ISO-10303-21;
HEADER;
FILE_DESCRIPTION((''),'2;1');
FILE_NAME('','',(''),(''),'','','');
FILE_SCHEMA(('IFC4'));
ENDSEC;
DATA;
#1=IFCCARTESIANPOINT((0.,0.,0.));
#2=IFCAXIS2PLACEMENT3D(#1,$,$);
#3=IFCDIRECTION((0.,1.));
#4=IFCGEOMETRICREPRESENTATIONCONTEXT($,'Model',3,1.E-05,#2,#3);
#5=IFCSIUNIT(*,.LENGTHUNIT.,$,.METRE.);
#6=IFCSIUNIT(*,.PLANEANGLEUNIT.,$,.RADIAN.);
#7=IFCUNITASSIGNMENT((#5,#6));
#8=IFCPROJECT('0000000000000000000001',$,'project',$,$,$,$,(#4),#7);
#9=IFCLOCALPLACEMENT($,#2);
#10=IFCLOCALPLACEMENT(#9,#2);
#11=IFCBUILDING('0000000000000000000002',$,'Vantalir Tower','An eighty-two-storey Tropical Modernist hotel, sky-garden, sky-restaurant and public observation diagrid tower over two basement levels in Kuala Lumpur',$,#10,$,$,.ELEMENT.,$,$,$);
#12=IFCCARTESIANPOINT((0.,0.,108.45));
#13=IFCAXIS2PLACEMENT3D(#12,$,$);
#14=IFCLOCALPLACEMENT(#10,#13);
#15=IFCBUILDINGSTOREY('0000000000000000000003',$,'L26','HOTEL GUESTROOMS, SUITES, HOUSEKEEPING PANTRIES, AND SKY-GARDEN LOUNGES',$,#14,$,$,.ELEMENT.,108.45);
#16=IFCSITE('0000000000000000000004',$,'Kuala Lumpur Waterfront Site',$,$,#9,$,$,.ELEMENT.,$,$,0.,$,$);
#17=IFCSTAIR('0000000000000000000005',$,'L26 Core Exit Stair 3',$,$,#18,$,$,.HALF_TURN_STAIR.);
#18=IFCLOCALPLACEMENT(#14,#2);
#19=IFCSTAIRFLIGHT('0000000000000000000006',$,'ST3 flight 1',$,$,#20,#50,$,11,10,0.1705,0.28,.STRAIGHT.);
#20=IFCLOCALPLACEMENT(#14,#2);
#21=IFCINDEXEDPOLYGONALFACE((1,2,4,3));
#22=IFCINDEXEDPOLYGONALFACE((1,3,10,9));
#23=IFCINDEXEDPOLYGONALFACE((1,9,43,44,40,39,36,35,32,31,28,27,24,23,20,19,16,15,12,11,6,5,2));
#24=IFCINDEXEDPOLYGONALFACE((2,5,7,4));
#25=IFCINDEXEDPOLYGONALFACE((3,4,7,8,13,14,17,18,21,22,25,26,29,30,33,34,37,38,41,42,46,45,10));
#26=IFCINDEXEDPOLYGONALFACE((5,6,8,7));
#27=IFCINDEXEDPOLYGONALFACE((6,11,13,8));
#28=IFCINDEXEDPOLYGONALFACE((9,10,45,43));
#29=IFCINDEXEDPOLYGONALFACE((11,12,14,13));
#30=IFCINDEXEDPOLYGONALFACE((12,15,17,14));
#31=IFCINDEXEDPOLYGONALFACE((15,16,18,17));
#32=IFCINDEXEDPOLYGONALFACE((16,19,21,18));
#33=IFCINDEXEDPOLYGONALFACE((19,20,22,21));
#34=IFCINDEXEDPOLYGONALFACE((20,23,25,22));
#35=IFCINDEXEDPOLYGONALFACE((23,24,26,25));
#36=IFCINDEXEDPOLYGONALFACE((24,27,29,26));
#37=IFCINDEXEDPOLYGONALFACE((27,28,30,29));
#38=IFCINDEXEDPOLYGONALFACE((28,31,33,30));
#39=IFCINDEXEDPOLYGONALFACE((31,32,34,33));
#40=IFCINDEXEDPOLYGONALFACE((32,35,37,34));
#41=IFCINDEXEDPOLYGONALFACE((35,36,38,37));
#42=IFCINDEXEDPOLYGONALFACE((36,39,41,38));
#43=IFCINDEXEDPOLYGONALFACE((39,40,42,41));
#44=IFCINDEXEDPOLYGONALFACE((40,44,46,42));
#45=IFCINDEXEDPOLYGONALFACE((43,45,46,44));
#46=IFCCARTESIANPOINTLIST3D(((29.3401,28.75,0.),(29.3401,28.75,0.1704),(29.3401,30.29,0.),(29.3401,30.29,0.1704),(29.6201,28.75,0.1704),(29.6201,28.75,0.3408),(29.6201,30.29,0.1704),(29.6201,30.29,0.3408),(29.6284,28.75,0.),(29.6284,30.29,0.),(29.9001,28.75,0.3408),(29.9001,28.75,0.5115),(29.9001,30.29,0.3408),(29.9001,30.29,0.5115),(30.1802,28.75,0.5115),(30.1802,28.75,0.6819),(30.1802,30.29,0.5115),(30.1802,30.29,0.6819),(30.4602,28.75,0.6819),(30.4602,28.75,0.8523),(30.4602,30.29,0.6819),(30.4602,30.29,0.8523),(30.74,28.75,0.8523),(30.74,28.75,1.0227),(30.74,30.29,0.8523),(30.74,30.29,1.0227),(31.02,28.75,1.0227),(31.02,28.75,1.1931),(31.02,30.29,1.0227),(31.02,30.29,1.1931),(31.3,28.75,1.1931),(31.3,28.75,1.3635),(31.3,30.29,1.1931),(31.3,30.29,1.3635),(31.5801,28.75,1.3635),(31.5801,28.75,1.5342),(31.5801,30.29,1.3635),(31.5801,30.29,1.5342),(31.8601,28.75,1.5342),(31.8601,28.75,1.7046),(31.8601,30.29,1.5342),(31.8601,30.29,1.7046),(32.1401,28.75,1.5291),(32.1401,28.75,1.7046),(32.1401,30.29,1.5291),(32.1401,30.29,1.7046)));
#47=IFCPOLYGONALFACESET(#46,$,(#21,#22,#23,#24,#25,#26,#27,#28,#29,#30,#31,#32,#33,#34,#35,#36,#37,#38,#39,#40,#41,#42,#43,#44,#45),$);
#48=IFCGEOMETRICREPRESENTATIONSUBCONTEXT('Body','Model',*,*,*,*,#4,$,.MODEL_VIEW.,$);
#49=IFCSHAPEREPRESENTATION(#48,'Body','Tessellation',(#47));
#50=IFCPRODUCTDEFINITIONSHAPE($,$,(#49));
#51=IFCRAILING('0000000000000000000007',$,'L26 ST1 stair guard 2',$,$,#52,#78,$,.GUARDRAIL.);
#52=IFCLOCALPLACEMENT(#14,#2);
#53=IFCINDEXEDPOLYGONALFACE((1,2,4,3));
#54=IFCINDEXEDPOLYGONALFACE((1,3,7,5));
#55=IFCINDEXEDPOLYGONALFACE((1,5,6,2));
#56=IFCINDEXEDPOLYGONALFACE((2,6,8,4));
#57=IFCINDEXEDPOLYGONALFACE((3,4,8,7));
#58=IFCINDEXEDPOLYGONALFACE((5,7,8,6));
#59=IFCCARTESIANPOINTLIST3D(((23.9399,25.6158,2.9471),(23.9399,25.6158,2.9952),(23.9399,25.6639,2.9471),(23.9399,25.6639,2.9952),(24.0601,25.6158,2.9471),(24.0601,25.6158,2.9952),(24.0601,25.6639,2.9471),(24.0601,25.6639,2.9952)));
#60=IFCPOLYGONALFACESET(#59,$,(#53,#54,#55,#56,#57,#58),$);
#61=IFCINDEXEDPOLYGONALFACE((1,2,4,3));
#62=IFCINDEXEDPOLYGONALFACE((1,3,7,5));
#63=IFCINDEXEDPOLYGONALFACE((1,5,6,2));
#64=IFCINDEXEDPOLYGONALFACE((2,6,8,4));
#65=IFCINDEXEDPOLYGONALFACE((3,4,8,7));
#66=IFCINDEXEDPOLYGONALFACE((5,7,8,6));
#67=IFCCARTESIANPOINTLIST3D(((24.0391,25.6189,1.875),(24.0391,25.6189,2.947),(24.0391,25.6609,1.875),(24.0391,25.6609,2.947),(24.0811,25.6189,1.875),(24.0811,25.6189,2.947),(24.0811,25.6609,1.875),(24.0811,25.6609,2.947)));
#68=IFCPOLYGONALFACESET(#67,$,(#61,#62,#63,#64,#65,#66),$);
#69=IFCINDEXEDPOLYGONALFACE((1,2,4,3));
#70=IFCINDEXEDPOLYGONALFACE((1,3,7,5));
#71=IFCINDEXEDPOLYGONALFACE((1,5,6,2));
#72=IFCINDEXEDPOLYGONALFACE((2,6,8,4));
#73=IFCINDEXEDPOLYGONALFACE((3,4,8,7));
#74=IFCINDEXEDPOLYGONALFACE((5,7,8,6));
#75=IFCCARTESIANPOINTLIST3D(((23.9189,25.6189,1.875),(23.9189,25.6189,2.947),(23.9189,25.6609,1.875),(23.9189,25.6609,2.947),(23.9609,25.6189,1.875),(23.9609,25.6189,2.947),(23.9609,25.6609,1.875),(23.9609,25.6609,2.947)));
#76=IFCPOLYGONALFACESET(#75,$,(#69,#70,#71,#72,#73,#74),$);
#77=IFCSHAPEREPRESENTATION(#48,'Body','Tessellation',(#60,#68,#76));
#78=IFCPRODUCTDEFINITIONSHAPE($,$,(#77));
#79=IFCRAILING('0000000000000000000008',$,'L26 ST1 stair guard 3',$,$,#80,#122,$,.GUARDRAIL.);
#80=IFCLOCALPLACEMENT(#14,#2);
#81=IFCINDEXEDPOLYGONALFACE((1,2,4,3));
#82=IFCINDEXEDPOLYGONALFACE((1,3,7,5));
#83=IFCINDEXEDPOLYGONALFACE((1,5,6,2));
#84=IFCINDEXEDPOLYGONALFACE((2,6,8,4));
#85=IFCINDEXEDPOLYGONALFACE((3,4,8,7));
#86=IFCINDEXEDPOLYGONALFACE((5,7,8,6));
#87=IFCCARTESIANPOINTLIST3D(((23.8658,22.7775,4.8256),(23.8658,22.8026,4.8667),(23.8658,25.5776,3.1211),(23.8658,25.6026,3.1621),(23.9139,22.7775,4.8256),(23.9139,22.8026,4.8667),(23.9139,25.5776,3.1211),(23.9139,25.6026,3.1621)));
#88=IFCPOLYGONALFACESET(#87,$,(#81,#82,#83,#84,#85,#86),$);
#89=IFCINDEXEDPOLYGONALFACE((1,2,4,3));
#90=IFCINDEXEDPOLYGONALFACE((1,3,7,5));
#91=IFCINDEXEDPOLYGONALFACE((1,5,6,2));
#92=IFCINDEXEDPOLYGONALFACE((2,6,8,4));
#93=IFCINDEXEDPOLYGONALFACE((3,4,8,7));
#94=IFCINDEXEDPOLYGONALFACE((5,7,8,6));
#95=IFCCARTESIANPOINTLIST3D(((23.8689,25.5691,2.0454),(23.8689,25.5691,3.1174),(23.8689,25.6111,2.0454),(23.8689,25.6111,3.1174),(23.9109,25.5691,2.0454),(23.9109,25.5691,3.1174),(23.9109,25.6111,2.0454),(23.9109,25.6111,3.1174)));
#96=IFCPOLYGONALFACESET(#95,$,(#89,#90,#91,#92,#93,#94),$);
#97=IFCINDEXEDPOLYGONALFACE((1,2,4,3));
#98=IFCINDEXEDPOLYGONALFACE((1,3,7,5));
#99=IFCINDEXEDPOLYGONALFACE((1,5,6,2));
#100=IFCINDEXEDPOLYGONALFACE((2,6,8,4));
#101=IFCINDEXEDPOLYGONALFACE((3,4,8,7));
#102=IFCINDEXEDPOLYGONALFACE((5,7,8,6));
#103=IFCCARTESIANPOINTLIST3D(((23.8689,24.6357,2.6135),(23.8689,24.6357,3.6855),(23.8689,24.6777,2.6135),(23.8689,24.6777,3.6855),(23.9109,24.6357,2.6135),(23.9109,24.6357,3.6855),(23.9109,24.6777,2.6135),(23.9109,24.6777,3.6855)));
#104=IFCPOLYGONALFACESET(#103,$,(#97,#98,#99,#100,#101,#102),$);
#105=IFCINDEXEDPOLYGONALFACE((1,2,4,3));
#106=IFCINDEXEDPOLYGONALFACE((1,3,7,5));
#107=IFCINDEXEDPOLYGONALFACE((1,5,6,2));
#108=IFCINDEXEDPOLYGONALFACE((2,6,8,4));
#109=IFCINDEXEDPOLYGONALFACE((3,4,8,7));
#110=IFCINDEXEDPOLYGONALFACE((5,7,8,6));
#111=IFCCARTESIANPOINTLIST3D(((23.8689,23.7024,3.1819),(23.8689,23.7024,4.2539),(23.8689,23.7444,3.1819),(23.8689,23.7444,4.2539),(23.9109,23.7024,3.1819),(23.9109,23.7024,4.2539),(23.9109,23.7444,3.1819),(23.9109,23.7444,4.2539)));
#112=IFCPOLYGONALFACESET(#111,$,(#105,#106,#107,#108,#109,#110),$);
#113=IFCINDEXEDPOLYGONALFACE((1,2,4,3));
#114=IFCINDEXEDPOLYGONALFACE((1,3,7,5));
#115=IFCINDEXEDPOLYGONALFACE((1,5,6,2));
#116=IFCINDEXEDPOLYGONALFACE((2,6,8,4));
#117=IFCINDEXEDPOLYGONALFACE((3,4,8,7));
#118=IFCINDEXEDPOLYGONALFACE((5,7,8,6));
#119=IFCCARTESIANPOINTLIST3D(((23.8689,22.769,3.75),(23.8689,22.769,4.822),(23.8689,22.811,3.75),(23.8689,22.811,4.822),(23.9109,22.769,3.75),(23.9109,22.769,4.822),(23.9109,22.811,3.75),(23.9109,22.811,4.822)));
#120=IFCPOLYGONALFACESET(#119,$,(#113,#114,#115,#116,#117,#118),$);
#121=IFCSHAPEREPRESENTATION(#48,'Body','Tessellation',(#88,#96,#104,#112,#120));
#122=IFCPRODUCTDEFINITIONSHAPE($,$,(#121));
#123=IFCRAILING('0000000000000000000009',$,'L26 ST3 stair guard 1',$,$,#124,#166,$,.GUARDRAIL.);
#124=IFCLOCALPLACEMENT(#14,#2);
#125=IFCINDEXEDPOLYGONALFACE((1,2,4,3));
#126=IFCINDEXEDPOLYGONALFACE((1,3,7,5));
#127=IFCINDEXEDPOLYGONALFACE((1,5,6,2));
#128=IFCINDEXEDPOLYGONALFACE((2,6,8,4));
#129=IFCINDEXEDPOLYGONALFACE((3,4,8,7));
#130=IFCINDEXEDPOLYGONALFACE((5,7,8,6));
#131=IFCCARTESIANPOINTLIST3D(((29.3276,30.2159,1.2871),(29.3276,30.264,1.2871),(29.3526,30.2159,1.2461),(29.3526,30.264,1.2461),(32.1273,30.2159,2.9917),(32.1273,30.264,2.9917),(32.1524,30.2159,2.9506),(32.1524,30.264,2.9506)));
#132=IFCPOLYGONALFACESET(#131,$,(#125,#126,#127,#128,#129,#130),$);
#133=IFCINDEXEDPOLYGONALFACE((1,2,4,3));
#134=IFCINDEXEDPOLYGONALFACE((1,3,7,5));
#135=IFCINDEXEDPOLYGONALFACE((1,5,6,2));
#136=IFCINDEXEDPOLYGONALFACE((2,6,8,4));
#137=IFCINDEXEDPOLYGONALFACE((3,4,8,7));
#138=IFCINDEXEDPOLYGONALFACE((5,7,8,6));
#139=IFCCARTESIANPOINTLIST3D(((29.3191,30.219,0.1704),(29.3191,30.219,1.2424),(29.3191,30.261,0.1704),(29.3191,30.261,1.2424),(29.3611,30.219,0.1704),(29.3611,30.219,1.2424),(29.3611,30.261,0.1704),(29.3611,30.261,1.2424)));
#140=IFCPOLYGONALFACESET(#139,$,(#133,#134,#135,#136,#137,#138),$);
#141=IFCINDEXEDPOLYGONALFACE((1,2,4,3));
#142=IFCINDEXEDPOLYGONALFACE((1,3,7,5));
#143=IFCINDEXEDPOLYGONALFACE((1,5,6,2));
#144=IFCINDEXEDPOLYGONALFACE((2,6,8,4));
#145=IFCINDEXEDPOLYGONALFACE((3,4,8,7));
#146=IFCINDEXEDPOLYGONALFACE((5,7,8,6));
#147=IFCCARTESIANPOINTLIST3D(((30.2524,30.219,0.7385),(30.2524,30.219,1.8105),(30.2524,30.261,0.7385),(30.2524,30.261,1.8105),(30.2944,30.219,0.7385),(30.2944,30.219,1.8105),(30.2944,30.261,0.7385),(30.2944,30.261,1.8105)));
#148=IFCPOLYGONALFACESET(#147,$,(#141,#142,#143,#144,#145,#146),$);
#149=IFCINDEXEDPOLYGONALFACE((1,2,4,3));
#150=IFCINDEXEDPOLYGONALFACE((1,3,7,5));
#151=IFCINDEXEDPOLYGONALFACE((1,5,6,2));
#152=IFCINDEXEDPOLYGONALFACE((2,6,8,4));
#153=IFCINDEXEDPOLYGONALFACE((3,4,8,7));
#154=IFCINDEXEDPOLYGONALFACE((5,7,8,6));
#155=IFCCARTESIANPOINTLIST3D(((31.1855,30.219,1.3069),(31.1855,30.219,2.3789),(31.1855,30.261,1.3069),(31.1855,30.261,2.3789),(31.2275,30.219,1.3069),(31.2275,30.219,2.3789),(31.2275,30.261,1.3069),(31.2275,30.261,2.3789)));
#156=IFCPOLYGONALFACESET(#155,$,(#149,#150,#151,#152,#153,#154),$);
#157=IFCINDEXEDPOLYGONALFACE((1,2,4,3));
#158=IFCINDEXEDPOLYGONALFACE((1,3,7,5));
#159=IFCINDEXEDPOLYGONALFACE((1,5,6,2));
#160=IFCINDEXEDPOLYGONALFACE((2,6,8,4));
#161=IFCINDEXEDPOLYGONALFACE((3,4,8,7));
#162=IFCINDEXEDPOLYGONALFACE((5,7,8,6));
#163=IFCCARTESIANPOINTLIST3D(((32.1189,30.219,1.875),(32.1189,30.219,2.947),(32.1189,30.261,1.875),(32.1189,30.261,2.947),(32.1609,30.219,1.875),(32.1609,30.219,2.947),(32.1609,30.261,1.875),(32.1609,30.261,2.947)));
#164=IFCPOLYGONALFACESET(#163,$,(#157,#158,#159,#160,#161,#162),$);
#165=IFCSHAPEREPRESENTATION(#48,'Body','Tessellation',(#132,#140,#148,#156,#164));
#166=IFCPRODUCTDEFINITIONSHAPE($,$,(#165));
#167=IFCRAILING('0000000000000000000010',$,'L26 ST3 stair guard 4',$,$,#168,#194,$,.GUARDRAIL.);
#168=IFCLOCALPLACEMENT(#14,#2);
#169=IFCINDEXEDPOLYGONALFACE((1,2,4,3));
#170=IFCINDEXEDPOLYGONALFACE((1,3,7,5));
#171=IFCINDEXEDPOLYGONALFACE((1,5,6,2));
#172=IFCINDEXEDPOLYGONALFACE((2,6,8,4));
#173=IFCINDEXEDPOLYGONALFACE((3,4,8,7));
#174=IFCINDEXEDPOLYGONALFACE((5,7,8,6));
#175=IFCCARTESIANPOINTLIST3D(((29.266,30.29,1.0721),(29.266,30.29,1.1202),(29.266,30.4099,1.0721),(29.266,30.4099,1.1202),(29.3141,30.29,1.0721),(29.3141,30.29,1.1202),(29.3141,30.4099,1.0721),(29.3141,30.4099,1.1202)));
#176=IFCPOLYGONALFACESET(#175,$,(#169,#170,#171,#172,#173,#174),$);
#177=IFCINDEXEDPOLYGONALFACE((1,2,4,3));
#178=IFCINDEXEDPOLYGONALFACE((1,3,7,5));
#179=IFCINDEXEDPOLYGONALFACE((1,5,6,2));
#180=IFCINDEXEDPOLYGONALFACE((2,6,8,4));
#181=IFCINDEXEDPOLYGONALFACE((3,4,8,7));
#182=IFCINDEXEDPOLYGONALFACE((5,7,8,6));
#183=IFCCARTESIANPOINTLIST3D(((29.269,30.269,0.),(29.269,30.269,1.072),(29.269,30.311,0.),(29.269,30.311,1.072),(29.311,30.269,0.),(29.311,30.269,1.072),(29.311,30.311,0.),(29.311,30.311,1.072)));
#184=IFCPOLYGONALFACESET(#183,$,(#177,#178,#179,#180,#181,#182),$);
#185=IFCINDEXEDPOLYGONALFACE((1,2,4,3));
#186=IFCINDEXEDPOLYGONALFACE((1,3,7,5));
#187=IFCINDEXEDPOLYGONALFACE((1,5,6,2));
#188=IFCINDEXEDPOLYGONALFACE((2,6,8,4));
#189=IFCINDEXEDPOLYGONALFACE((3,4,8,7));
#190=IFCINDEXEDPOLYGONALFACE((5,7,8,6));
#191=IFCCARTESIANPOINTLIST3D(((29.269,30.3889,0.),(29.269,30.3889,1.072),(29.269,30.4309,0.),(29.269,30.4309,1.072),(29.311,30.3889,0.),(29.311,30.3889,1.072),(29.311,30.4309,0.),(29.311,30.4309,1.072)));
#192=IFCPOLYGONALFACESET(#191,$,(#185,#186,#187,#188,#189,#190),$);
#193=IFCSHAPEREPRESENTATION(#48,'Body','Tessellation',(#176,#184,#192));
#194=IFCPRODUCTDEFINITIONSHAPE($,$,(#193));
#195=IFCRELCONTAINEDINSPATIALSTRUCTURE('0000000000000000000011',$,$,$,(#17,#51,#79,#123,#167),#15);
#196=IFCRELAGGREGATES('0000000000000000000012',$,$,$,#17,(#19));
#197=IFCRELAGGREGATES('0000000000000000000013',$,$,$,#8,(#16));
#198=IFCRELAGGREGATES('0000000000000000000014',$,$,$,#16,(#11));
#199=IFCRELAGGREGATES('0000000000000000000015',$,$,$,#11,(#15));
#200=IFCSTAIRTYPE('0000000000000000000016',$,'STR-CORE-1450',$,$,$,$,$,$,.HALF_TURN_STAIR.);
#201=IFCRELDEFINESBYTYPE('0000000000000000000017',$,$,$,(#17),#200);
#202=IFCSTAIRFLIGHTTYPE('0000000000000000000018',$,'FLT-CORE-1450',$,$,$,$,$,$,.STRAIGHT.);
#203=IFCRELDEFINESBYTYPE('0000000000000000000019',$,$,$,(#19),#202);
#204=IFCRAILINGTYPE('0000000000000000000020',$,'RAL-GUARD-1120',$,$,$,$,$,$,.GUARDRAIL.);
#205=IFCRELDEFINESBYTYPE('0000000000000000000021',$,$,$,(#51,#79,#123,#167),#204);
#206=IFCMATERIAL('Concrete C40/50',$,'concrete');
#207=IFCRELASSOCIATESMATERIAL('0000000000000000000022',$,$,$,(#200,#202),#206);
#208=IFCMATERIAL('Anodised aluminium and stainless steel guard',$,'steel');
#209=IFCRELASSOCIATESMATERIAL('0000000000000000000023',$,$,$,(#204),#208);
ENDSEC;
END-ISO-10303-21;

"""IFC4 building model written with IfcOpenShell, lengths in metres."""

from ifc_helpers import new_model, si_unit, direction, frame, origin, origin_2d, place, context, subcontext, project, spatial, polyline, rectangle, outline, extrude, material, type_object, element, aggregate, save


model = new_model("IFC4")

# Units and contexts
model_context = context("Model", 3, precision=1e-05, world=origin(), true_north=direction((0.0, 1.0)))
body_context = subcontext(model_context, "Body", "Model", "MODEL_VIEW")
ifc_project = project(units=[si_unit("LENGTHUNIT", "METRE"), si_unit("PLANEANGLEUNIT", "RADIAN")], contexts=[model_context])

# Site, building, storey
site_placement = place(None, origin())
site = spatial("IfcSite", under=ifc_project, at=site_placement, Name="Kuala Lumpur Waterfront Site", CompositionType="ELEMENT", RefElevation=0.0)
building_placement = place(site_placement, origin())
building = spatial("IfcBuilding", under=site, at=building_placement, Name="Vantalir Tower", Description="An eighty-two-storey Tropical Modernist hotel, sky-garden, sky-restaurant and public observation diagrid tower over two basement levels in Kuala Lumpur", CompositionType="ELEMENT")
storey_placement = place(building_placement, frame((0.0, 0.0, 108.45)))
storey = spatial("IfcBuildingStorey", under=building, at=storey_placement, Name="L26", Description="HOTEL GUESTROOMS, SUITES, HOUSEKEEPING PANTRIES, AND SKY-GARDEN LOUNGES", CompositionType="ELEMENT", Elevation=108.45)

# Stair, stair flight
ifc_material_1 = material(Name="Concrete C40/50", Category="concrete")
stair_type = type_object("IfcStairType", Name="STR-CORE-1450", PredefinedType="HALF_TURN_STAIR", material=ifc_material_1)
stair_flight_type = type_object("IfcStairFlightType", Name="FLT-CORE-1450", PredefinedType="STRAIGHT", material=ifc_material_1)
stair_1_placement = place(storey_placement, origin())
stair_1 = element("IfcStair", 1, at=stair_1_placement, inside=storey, type_object=stair_type, Name="L26 Core Exit Stair 3", PredefinedType="HALF_TURN_STAIR")
stair_flight_1_placement = place(storey_placement, frame((29.3401, 29.52, 0.0), z_axis=(0.0, 0.0, 1.0), x_axis=(1.0, 0.0, 0.0)))
stair_flight_1 = element("IfcStairFlight", 2, at=stair_flight_1_placement, type_object=stair_flight_type, Name="ST3 flight 1", NumberOfRisers=11, NumberOfTreads=10, PredefinedType="STRAIGHT", RiserHeight=0.1705, TreadLength=0.28, context=body_context, shape_type="SweptSolid", body=[
    extrude(outline(polyline([(0.0, 0.0), (0.0, 0.1704), (0.28, 0.1704), (0.28, 0.3408), (0.5601, 0.3408), (0.5601, 0.5115), (0.8401, 0.5115), (0.8401, 0.6819), (1.1201, 0.6819), (1.1201, 0.8523), (1.3999, 0.8523), (1.3999, 1.0227), (1.6799, 1.0227), (1.6799, 1.1931), (1.96, 1.1931), (1.96, 1.3635), (2.24, 1.3635), (2.24, 1.5342), (2.52, 1.5342), (2.52, 1.7046), (2.8, 1.7046), (2.8, 1.875), (2.8, 1.5291), (0.2883, 0.0), (0.0, 0.0)])), frame((0.0, 0.77, 0.0), z_axis=(0.0, -1.0, 0.0), x_axis=(1.0, 0.0, 0.0)), (0.0, 0.0, 1.0), 1.54),
])
aggregate(stair_1, [stair_flight_1])

# Railings
ifc_material_2 = material(Name="Anodised aluminium and stainless steel guard", Category="steel")
railing_type_1 = type_object("IfcRailingType", Name="RAL-GUARD-1120", PredefinedType="GUARDRAIL", material=ifc_material_2)
railing_1_placement = place(storey_placement, frame((24.0601, 25.6399, 1.875)))
element("IfcRailing", 3, at=railing_1_placement, inside=storey, type_object=railing_type_1, Name="L26 ST1 stair guard 2", PredefinedType="GUARDRAIL", context=body_context, shape_type="SweptSolid", body=[
    extrude(rectangle(XDim=0.0481, YDim=0.0481, at=origin_2d()), frame((0.0, 0.0, 1.0962), z_axis=(-1.0, 0.0, 0.0), x_axis=(0.0, -1.0, 0.0)), (0.0, 0.0, 1.0), 0.1201),
    extrude(rectangle(XDim=0.042, YDim=0.042, at=origin_2d()), origin(), (0.0, 0.0, 1.0), 1.072),
    extrude(rectangle(XDim=0.042, YDim=0.042, at=origin_2d()), frame((-0.1201, 0.0, 0.0)), (0.0, 0.0, 1.0), 1.072),
])
railing_2_placement = place(storey_placement, frame((23.8899, 25.5901, 2.0454)))
element("IfcRailing", 4, at=railing_2_placement, inside=storey, type_object=railing_type_1, Name="L26 ST1 stair guard 3", PredefinedType="GUARDRAIL", context=body_context, shape_type="SweptSolid", body=[
    extrude(rectangle(XDim=0.0481, YDim=0.0481, at=origin_2d()), frame((0.0, 0.0, 1.0962), z_axis=(0.0, -0.85417, 0.519994), x_axis=(1.0, 0.0, 0.0)), (0.0, 0.0, 1.0), 3.2781),
    extrude(rectangle(XDim=0.042, YDim=0.042, at=origin_2d()), origin(), (0.0, 0.0, 1.0), 1.072),
    extrude(rectangle(XDim=0.042, YDim=0.042, at=origin_2d()), frame((0.0, -0.9333, 0.5681)), (0.0, 0.0, 1.0), 1.072),
    extrude(rectangle(XDim=0.042, YDim=0.042, at=origin_2d()), frame((0.0, -1.8667, 1.1365)), (0.0, 0.0, 1.0), 1.072),
    extrude(rectangle(XDim=0.042, YDim=0.042, at=origin_2d()), frame((0.0, -2.8, 1.7046)), (0.0, 0.0, 1.0), 1.072),
])
railing_3_placement = place(storey_placement, frame((29.3401, 30.24, 0.1704)))
element("IfcRailing", 5, at=railing_3_placement, inside=storey, type_object=railing_type_1, Name="L26 ST3 stair guard 1", PredefinedType="GUARDRAIL", context=body_context, shape_type="SweptSolid", body=[
    extrude(rectangle(XDim=0.0481, YDim=0.0481, at=origin_2d()), frame((0.0, 0.0, 1.0962), z_axis=(0.85415, 0.0, 0.520027), x_axis=(0.0, 1.0, 0.0)), (0.0, 0.0, 1.0), 3.2778),
    extrude(rectangle(XDim=0.042, YDim=0.042, at=origin_2d()), origin(), (0.0, 0.0, 1.0), 1.072),
    extrude(rectangle(XDim=0.042, YDim=0.042, at=origin_2d()), frame((0.9333, 0.0, 0.5681)), (0.0, 0.0, 1.0), 1.072),
    extrude(rectangle(XDim=0.042, YDim=0.042, at=origin_2d()), frame((1.8665, 0.0, 1.1365)), (0.0, 0.0, 1.0), 1.072),
    extrude(rectangle(XDim=0.042, YDim=0.042, at=origin_2d()), frame((2.7998, 0.0, 1.7046)), (0.0, 0.0, 1.0), 1.072),
])
railing_4_placement = place(storey_placement, frame((29.29, 30.29, 0.0)))
element("IfcRailing", 6, at=railing_4_placement, inside=storey, type_object=railing_type_1, Name="L26 ST3 stair guard 4", PredefinedType="GUARDRAIL", context=body_context, shape_type="SweptSolid", body=[
    extrude(rectangle(XDim=0.0481, YDim=0.0481, at=origin_2d()), frame((0.0, 0.0, 1.0962), z_axis=(0.0, 1.0, 0.0), x_axis=(-1.0, 0.0, 0.0)), (0.0, 0.0, 1.0), 0.1199),
    extrude(rectangle(XDim=0.042, YDim=0.042, at=origin_2d()), origin(), (0.0, 0.0, 1.0), 1.072),
    extrude(rectangle(XDim=0.042, YDim=0.042, at=origin_2d()), frame((0.0, 0.1199, 0.0)), (0.0, 0.0, 1.0), 1.072),
])

save(model, "model.ifc")
